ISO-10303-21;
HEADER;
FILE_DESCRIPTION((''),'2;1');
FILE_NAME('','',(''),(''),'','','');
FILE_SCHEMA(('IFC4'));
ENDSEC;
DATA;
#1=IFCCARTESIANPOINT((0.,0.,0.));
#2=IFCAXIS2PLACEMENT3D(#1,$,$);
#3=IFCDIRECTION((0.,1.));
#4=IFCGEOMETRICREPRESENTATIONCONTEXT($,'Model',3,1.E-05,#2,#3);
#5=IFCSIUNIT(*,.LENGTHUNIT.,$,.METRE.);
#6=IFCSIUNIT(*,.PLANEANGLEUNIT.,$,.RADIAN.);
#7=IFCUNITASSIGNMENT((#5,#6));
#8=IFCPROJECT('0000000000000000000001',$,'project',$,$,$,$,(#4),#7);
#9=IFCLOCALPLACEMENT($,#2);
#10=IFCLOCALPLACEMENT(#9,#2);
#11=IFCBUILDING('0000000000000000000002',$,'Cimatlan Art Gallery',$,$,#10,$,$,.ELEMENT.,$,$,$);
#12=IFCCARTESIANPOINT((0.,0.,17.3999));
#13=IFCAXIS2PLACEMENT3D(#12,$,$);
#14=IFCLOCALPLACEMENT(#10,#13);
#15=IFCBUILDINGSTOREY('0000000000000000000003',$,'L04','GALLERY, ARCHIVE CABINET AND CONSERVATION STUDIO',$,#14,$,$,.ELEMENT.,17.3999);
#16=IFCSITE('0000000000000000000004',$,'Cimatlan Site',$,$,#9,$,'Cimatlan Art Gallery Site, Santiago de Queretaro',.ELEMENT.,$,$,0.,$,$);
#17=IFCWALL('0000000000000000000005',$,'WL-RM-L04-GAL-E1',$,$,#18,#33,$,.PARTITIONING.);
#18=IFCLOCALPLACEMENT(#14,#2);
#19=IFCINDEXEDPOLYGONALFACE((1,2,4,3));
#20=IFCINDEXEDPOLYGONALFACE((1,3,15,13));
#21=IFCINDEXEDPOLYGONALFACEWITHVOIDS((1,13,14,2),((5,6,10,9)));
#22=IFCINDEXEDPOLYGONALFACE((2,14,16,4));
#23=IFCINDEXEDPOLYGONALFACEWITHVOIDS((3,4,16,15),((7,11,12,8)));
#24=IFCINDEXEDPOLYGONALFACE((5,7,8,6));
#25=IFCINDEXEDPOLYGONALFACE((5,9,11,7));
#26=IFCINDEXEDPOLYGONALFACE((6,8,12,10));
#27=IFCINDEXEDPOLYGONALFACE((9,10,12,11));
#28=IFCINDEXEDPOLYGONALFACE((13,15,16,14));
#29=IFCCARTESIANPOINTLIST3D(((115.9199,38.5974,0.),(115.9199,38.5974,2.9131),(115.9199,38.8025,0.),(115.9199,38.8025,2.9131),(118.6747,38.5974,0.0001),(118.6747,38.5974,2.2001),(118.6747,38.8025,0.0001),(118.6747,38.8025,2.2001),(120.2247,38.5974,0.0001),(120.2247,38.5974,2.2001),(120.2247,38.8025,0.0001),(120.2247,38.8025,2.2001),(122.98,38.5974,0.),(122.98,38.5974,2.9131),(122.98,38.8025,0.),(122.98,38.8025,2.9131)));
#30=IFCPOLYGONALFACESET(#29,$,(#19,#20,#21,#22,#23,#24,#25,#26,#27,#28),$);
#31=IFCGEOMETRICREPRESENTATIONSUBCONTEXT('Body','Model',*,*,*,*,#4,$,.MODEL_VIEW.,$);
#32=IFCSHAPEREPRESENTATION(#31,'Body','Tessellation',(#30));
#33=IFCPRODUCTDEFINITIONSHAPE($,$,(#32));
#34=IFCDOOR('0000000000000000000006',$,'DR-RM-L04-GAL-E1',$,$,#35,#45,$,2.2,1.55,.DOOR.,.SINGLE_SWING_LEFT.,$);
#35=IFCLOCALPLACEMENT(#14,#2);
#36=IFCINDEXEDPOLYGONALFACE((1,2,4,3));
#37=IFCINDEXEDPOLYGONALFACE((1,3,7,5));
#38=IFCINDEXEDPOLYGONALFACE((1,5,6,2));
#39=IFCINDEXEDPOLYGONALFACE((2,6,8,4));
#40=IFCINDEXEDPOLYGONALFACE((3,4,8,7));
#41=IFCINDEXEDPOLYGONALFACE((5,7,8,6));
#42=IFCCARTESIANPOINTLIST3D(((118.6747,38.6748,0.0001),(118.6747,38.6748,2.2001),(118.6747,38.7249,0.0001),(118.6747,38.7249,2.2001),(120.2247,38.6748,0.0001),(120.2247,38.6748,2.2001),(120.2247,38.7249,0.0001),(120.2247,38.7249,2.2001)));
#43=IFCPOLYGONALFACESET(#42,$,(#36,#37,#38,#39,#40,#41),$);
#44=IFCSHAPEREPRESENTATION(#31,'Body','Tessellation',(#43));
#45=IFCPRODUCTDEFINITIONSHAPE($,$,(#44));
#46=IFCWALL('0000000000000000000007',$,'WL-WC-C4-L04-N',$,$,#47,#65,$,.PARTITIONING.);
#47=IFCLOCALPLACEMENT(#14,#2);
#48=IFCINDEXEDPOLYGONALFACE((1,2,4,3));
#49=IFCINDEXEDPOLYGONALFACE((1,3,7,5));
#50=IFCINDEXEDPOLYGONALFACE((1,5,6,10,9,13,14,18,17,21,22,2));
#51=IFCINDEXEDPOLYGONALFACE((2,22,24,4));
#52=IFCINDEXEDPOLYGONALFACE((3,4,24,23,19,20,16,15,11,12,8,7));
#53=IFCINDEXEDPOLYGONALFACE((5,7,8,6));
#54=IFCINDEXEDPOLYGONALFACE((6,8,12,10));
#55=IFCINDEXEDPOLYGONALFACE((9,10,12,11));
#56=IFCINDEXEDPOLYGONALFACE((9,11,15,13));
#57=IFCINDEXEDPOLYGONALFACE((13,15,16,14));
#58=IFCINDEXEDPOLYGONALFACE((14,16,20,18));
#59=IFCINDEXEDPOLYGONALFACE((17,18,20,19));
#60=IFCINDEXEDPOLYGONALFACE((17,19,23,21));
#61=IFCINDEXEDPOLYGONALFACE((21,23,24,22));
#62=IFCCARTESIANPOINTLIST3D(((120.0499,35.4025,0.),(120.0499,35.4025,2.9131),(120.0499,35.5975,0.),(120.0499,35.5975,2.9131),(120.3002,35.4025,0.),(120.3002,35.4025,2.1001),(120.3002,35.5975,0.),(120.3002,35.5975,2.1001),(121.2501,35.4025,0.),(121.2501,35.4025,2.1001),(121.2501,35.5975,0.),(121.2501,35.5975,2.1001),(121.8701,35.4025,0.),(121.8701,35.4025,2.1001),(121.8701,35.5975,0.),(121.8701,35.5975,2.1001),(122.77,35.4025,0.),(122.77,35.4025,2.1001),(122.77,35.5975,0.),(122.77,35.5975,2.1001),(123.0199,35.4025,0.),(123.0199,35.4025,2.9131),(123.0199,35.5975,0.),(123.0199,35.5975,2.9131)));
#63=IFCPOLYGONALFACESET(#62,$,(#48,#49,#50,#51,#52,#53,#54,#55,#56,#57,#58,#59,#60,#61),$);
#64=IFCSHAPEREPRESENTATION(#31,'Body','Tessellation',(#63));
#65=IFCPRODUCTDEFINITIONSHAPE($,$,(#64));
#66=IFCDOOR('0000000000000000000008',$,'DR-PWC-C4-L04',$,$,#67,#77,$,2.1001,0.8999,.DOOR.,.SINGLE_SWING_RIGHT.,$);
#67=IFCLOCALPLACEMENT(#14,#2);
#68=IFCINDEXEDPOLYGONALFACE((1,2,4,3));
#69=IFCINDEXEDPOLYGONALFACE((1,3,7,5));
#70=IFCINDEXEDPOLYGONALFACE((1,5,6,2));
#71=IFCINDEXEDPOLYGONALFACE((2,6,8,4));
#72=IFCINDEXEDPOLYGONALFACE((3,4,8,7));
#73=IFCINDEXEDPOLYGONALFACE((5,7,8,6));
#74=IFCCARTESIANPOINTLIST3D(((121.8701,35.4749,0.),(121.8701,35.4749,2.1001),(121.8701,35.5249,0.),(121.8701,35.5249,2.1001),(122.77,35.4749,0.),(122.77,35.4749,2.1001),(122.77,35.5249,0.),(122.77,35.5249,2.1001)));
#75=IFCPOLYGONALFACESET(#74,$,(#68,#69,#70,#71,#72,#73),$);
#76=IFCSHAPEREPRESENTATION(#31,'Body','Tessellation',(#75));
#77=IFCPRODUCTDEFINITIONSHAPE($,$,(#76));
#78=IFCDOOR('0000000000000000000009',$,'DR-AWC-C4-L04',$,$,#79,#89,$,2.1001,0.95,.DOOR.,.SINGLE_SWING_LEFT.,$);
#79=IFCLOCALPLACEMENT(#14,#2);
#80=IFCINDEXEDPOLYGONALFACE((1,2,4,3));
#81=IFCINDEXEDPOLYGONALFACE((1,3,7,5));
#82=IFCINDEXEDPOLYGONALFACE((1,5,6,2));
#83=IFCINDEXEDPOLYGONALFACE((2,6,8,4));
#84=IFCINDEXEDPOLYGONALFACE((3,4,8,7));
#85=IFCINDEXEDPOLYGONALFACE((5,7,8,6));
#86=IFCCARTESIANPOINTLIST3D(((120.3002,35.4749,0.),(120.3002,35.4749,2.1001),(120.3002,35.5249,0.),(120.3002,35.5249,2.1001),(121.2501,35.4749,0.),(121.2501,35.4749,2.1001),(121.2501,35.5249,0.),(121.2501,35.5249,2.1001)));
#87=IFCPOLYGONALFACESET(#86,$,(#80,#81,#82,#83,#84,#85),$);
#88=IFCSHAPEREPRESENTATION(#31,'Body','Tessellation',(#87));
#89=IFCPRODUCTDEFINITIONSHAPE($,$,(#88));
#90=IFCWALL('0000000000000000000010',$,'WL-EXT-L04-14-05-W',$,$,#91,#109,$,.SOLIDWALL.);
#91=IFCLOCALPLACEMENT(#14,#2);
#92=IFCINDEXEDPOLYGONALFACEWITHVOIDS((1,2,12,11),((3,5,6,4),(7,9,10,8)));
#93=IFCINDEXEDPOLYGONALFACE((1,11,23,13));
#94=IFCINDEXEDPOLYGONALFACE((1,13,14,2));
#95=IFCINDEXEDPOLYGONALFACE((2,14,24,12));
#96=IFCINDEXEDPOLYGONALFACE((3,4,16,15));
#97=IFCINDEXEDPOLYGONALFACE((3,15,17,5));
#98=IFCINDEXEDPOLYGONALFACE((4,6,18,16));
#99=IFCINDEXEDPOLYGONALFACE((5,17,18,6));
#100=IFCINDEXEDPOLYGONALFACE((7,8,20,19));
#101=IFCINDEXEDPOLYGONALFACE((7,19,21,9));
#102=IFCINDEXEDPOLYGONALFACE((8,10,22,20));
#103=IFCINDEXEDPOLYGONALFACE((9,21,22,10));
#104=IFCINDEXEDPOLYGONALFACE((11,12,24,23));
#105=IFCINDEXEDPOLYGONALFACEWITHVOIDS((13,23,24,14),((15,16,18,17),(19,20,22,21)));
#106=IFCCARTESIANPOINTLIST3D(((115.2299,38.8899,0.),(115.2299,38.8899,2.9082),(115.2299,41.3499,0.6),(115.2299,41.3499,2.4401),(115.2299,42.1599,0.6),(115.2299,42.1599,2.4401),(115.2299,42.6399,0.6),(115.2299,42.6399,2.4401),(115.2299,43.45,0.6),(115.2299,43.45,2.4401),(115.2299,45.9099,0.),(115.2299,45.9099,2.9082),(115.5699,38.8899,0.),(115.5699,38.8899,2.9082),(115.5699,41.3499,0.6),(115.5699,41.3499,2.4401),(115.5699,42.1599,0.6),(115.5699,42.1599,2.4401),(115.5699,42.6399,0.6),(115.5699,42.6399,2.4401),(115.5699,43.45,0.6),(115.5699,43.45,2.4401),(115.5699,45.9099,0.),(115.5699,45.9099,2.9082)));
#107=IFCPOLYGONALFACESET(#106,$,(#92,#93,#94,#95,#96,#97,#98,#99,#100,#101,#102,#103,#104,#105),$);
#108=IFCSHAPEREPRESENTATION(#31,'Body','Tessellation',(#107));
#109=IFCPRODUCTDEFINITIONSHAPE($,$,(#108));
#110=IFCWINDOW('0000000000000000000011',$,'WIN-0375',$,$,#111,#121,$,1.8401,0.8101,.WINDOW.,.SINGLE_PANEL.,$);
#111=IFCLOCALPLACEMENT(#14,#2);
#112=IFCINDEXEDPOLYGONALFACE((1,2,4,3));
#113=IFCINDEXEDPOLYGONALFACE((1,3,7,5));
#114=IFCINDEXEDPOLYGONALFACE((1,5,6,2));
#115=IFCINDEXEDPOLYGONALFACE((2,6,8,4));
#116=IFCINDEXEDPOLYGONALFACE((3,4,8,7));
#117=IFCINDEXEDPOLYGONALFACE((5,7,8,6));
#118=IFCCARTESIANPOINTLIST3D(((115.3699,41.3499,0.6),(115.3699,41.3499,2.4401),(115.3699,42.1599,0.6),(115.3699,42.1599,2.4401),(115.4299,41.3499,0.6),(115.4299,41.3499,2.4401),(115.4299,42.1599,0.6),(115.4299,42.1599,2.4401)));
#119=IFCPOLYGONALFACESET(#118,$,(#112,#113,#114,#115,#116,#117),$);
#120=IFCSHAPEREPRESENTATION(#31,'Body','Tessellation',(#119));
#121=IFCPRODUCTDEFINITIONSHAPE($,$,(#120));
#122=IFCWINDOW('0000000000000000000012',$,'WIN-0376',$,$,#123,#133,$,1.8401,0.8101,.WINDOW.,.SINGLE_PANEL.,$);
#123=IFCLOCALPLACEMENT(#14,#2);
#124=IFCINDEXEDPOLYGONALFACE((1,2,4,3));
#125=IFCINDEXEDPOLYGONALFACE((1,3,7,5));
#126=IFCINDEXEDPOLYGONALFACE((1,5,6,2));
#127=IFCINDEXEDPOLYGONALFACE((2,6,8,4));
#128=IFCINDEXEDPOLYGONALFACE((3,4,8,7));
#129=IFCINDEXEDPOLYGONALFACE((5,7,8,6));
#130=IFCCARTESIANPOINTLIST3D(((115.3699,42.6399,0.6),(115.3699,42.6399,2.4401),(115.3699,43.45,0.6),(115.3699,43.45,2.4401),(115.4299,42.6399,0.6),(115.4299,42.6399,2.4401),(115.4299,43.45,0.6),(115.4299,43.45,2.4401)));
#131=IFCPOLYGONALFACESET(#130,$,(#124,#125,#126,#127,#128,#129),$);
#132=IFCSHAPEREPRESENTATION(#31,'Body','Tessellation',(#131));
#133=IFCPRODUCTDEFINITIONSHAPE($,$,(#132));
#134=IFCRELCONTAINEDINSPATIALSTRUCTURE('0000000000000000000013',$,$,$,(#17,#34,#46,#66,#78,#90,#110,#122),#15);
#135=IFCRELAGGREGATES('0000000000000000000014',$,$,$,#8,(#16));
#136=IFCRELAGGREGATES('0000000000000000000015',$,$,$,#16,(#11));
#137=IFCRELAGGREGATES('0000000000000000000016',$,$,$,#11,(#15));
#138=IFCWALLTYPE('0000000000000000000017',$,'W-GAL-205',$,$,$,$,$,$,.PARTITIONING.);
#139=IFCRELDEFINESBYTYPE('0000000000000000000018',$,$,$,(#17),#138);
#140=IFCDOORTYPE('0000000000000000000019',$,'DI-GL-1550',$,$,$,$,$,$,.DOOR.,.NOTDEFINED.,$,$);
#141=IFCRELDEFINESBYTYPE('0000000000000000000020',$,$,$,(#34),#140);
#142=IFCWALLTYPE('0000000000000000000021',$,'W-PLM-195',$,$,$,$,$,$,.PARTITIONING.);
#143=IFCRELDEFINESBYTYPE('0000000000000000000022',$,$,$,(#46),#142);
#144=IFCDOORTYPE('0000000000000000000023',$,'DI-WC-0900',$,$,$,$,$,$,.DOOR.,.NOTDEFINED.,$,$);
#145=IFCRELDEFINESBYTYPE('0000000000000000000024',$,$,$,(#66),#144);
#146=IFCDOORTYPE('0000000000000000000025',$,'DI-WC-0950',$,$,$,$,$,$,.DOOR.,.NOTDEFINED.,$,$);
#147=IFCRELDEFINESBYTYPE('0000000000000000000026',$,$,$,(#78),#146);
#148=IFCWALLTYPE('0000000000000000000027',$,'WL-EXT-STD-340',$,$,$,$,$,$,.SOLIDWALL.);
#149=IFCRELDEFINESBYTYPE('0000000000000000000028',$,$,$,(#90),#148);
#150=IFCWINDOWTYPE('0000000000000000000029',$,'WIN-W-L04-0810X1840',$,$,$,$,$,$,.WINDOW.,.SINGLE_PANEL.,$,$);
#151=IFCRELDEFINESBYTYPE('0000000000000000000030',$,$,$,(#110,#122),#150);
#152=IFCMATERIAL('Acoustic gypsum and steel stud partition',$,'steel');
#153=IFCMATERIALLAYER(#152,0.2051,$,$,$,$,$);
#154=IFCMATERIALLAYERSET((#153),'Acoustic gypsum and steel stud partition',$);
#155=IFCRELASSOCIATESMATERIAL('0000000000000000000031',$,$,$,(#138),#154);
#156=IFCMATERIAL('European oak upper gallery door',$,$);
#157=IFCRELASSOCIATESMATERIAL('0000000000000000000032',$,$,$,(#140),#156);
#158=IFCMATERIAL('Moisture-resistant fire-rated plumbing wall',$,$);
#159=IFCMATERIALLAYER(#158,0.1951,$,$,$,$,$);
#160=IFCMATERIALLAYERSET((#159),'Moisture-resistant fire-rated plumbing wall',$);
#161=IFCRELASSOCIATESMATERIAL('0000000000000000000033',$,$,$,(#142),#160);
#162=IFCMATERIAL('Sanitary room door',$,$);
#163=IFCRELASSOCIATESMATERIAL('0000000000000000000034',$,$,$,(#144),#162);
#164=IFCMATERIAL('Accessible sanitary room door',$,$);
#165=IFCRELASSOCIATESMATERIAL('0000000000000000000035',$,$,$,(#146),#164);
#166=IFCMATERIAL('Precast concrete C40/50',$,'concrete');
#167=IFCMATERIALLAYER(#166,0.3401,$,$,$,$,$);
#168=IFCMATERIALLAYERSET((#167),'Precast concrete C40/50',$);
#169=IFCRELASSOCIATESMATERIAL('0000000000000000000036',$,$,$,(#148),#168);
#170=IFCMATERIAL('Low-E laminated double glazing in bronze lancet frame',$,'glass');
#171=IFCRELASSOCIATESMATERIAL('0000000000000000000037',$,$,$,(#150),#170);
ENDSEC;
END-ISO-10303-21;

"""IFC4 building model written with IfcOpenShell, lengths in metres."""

from ifc_helpers import new_model, si_unit, direction, frame, frame_2d, origin, place, context, subcontext, project, spatial, rectangle, extrude, material, layer, layer_set, type_object, element, fill, save


model = new_model("IFC4")

# Units and contexts
model_context = context("Model", 3, precision=1e-05, world=origin(), true_north=direction((0.0, 1.0)))
body_context = subcontext(model_context, "Body", "Model", "MODEL_VIEW")
ifc_project = project(units=[si_unit("LENGTHUNIT", "METRE"), si_unit("PLANEANGLEUNIT", "RADIAN")], contexts=[model_context])

# Site, building, storey
site_placement = place(None, origin())
site = spatial("IfcSite", under=ifc_project, at=site_placement, Name="Cimatlan Site", LongName="Cimatlan Art Gallery Site, Santiago de Queretaro", CompositionType="ELEMENT", RefElevation=0.0)
building_placement = place(site_placement, origin())
building = spatial("IfcBuilding", under=site, at=building_placement, Name="Cimatlan Art Gallery", CompositionType="ELEMENT")
storey_placement = place(building_placement, frame((0.0, 0.0, 17.3999)))
storey = spatial("IfcBuildingStorey", under=building, at=storey_placement, Name="L04", Description="GALLERY, ARCHIVE CABINET AND CONSERVATION STUDIO", CompositionType="ELEMENT", Elevation=17.3999)

# Wall, opening, door
ifc_material_1 = material(Name="Acoustic gypsum and steel stud partition", Category="steel")
ifc_layer_1 = layer(ifc_material_1, 0.2051)
ifc_layer_set_1 = layer_set([ifc_layer_1], Name="Acoustic gypsum and steel stud partition")
wall_type_1 = type_object("IfcWallType", Name="W-GAL-205", PredefinedType="PARTITIONING", material=ifc_layer_set_1)
wall_1_placement = place(storey_placement, frame((115.9199, 38.7, 0.0), z_axis=(0.0, 0.0, 1.0), x_axis=(1.0, 0.0, 0.0)))
wall_1 = element("IfcWall", 1, at=wall_1_placement, inside=storey, type_object=wall_type_1, Name="WL-RM-L04-GAL-E1", PredefinedType="PARTITIONING", context=body_context, shape_type="SweptSolid", body=[
    extrude(rectangle(XDim=7.0601, YDim=0.2051, at=frame_2d((3.53, 0.0))), origin(), (0.0, 0.0, 1.0), 2.9131),
])
opening_1_placement = place(wall_1_placement, frame((2.7549, 0.0, 0.0)))
opening_1 = element("IfcOpeningElement", 2, at=opening_1_placement, cuts=wall_1, PredefinedType="OPENING", context=body_context, shape_type="SweptSolid", body=[
    extrude(rectangle(XDim=1.55, YDim=2.2, at=frame_2d((0.7749, 1.1001))), frame((0.0, 0.1125, 0.0), z_axis=(0.0, -1.0, 0.0), x_axis=(1.0, 0.0, 0.0)), (0.0, 0.0, 1.0), 0.2251),
])
ifc_material_2 = material(Name="European oak upper gallery door")
door_type_1 = type_object("IfcDoorType", Name="DI-GL-1550", OperationType="NOTDEFINED", PredefinedType="DOOR", material=ifc_material_2)
door_1_placement = place(opening_1_placement, origin())
door_1 = element("IfcDoor", 3, at=door_1_placement, inside=storey, type_object=door_type_1, Name="DR-RM-L04-GAL-E1", OperationType="SINGLE_SWING_LEFT", OverallHeight=2.2, OverallWidth=1.55, PredefinedType="DOOR", context=body_context, shape_type="SweptSolid", body=[
    extrude(rectangle(XDim=1.55, YDim=2.2, at=frame_2d((0.7749, 1.1001))), frame((0.0, 0.0249, 0.0), z_axis=(0.0, -1.0, 0.0), x_axis=(1.0, 0.0, 0.0)), (0.0, 0.0, 1.0), 0.05),
])
fill(opening_1, door_1)

# Wall, openings, doors
ifc_material_3 = material(Name="Moisture-resistant fire-rated plumbing wall")
ifc_layer_2 = layer(ifc_material_3, 0.1951)
ifc_layer_set_2 = layer_set([ifc_layer_2], Name="Moisture-resistant fire-rated plumbing wall")
wall_type_2 = type_object("IfcWallType", Name="W-PLM-195", PredefinedType="PARTITIONING", material=ifc_layer_set_2)
wall_2_placement = place(storey_placement, frame((120.05, 35.5, 0.0), z_axis=(0.0, 0.0, 1.0), x_axis=(1.0, 0.0, 0.0)))
wall_2 = element("IfcWall", 4, at=wall_2_placement, inside=storey, type_object=wall_type_2, Name="WL-WC-C4-L04-N", PredefinedType="PARTITIONING", context=body_context, shape_type="SweptSolid", body=[
    extrude(rectangle(XDim=2.97, YDim=0.1951, at=frame_2d((1.4849, 0.0))), origin(), (0.0, 0.0, 1.0), 2.9131),
])
opening_2_placement = place(wall_2_placement, frame((0.25, 0.0, 0.0)))
opening_2 = element("IfcOpeningElement", 5, at=opening_2_placement, cuts=wall_2, PredefinedType="OPENING", context=body_context, shape_type="SweptSolid", body=[
    extrude(rectangle(XDim=0.95, YDim=2.1001, at=frame_2d((0.4751, 1.05))), frame((0.0, 0.1074, 0.0), z_axis=(0.0, -1.0, 0.0), x_axis=(1.0, 0.0, 0.0)), (0.0, 0.0, 1.0), 0.2151),
])
opening_3_placement = place(wall_2_placement, frame((1.8201, 0.0, 0.0)))
opening_3 = element("IfcOpeningElement", 6, at=opening_3_placement, cuts=wall_2, PredefinedType="OPENING", context=body_context, shape_type="SweptSolid", body=[
    extrude(rectangle(XDim=0.8999, YDim=2.1001, at=frame_2d((0.45, 1.05))), frame((0.0, 0.1074, 0.0), z_axis=(0.0, -1.0, 0.0), x_axis=(1.0, 0.0, 0.0)), (0.0, 0.0, 1.0), 0.2151),
])
ifc_material_4 = material(Name="Sanitary room door")
door_type_2 = type_object("IfcDoorType", Name="DI-WC-0900", OperationType="NOTDEFINED", PredefinedType="DOOR", material=ifc_material_4)
door_2_placement = place(opening_3_placement, origin())
door_2 = element("IfcDoor", 7, at=door_2_placement, inside=storey, type_object=door_type_2, Name="DR-PWC-C4-L04", OperationType="SINGLE_SWING_RIGHT", OverallHeight=2.1001, OverallWidth=0.8999, PredefinedType="DOOR", context=body_context, shape_type="SweptSolid", body=[
    extrude(rectangle(XDim=0.8999, YDim=2.1001, at=frame_2d((0.45, 1.05))), frame((0.0, 0.0249, 0.0), z_axis=(0.0, -1.0, 0.0), x_axis=(1.0, 0.0, 0.0)), (0.0, 0.0, 1.0), 0.05),
])
fill(opening_3, door_2)
ifc_material_5 = material(Name="Accessible sanitary room door")
door_type_3 = type_object("IfcDoorType", Name="DI-WC-0950", OperationType="NOTDEFINED", PredefinedType="DOOR", material=ifc_material_5)
door_3_placement = place(opening_2_placement, origin())
door_3 = element("IfcDoor", 8, at=door_3_placement, inside=storey, type_object=door_type_3, Name="DR-AWC-C4-L04", OperationType="SINGLE_SWING_LEFT", OverallHeight=2.1001, OverallWidth=0.95, PredefinedType="DOOR", context=body_context, shape_type="SweptSolid", body=[
    extrude(rectangle(XDim=0.95, YDim=2.1001, at=frame_2d((0.4751, 1.05))), frame((0.0, 0.0249, 0.0), z_axis=(0.0, -1.0, 0.0), x_axis=(1.0, 0.0, 0.0)), (0.0, 0.0, 1.0), 0.05),
])
fill(opening_2, door_3)

# Wall, openings, windows
ifc_material_6 = material(Name="Precast concrete C40/50", Category="concrete")
ifc_layer_3 = layer(ifc_material_6, 0.3401)
ifc_layer_set_3 = layer_set([ifc_layer_3], Name="Precast concrete C40/50")
wall_type_3 = type_object("IfcWallType", Name="WL-EXT-STD-340", PredefinedType="SOLIDWALL", material=ifc_layer_set_3)
wall_3_placement = place(storey_placement, frame((115.3999, 38.8899, 0.0), z_axis=(0.0, 0.0, 1.0), x_axis=(0.0, 1.0, 0.0)))
wall_3 = element("IfcWall", 9, at=wall_3_placement, inside=storey, type_object=wall_type_3, Name="WL-EXT-L04-14-05-W", PredefinedType="SOLIDWALL", context=body_context, shape_type="SweptSolid", body=[
    extrude(rectangle(XDim=7.02, YDim=0.3401, at=frame_2d((3.51, 0.0))), origin(), (0.0, 0.0, 1.0), 2.9082),
])
opening_4_placement = place(wall_3_placement, frame((2.46, 0.0, 0.6001)))
opening_4 = element("IfcOpeningElement", 10, at=opening_4_placement, cuts=wall_3, PredefinedType="OPENING", context=body_context, shape_type="SweptSolid", body=[
    extrude(rectangle(XDim=0.8101, YDim=1.8401, at=frame_2d((0.405, 0.9199))), frame((0.0, 0.1802, 0.0), z_axis=(0.0, -1.0, 0.0), x_axis=(1.0, 0.0, 0.0)), (0.0, 0.0, 1.0), 0.3601),
])
opening_5_placement = place(wall_3_placement, frame((3.75, 0.0, 0.6001)))
opening_5 = element("IfcOpeningElement", 11, at=opening_5_placement, cuts=wall_3, PredefinedType="OPENING", context=body_context, shape_type="SweptSolid", body=[
    extrude(rectangle(XDim=0.8101, YDim=1.8401, at=frame_2d((0.405, 0.9199))), frame((0.0, 0.1802, 0.0), z_axis=(0.0, -1.0, 0.0), x_axis=(1.0, 0.0, 0.0)), (0.0, 0.0, 1.0), 0.3601),
])
ifc_material_7 = material(Name="Low-E laminated double glazing in bronze lancet frame", Category="glass")
window_type = type_object("IfcWindowType", Name="WIN-W-L04-0810X1840", PartitioningType="SINGLE_PANEL", PredefinedType="WINDOW", material=ifc_material_7)
window_1_placement = place(opening_4_placement, origin())
window_1 = element("IfcWindow", 12, at=window_1_placement, inside=storey, type_object=window_type, Name="WIN-0375", OverallHeight=1.8401, OverallWidth=0.8101, PartitioningType="SINGLE_PANEL", PredefinedType="WINDOW", context=body_context, shape_type="SweptSolid", body=[
    extrude(rectangle(XDim=0.8101, YDim=1.8401, at=frame_2d((0.405, 0.9199))), frame((0.0, 0.03, 0.0), z_axis=(0.0, -1.0, 0.0), x_axis=(1.0, 0.0, 0.0)), (0.0, 0.0, 1.0), 0.0601),
])
fill(opening_4, window_1)
window_2_placement = place(opening_5_placement, origin())
window_2 = element("IfcWindow", 13, at=window_2_placement, inside=storey, type_object=window_type, Name="WIN-0376", OverallHeight=1.8401, OverallWidth=0.8101, PartitioningType="SINGLE_PANEL", PredefinedType="WINDOW", context=body_context, shape_type="SweptSolid", body=[
    extrude(rectangle(XDim=0.8101, YDim=1.8401, at=frame_2d((0.405, 0.9199))), frame((0.0, 0.03, 0.0), z_axis=(0.0, -1.0, 0.0), x_axis=(1.0, 0.0, 0.0)), (0.0, 0.0, 1.0), 0.0601),
])
fill(opening_5, window_2)

save(model, "model.ifc")
